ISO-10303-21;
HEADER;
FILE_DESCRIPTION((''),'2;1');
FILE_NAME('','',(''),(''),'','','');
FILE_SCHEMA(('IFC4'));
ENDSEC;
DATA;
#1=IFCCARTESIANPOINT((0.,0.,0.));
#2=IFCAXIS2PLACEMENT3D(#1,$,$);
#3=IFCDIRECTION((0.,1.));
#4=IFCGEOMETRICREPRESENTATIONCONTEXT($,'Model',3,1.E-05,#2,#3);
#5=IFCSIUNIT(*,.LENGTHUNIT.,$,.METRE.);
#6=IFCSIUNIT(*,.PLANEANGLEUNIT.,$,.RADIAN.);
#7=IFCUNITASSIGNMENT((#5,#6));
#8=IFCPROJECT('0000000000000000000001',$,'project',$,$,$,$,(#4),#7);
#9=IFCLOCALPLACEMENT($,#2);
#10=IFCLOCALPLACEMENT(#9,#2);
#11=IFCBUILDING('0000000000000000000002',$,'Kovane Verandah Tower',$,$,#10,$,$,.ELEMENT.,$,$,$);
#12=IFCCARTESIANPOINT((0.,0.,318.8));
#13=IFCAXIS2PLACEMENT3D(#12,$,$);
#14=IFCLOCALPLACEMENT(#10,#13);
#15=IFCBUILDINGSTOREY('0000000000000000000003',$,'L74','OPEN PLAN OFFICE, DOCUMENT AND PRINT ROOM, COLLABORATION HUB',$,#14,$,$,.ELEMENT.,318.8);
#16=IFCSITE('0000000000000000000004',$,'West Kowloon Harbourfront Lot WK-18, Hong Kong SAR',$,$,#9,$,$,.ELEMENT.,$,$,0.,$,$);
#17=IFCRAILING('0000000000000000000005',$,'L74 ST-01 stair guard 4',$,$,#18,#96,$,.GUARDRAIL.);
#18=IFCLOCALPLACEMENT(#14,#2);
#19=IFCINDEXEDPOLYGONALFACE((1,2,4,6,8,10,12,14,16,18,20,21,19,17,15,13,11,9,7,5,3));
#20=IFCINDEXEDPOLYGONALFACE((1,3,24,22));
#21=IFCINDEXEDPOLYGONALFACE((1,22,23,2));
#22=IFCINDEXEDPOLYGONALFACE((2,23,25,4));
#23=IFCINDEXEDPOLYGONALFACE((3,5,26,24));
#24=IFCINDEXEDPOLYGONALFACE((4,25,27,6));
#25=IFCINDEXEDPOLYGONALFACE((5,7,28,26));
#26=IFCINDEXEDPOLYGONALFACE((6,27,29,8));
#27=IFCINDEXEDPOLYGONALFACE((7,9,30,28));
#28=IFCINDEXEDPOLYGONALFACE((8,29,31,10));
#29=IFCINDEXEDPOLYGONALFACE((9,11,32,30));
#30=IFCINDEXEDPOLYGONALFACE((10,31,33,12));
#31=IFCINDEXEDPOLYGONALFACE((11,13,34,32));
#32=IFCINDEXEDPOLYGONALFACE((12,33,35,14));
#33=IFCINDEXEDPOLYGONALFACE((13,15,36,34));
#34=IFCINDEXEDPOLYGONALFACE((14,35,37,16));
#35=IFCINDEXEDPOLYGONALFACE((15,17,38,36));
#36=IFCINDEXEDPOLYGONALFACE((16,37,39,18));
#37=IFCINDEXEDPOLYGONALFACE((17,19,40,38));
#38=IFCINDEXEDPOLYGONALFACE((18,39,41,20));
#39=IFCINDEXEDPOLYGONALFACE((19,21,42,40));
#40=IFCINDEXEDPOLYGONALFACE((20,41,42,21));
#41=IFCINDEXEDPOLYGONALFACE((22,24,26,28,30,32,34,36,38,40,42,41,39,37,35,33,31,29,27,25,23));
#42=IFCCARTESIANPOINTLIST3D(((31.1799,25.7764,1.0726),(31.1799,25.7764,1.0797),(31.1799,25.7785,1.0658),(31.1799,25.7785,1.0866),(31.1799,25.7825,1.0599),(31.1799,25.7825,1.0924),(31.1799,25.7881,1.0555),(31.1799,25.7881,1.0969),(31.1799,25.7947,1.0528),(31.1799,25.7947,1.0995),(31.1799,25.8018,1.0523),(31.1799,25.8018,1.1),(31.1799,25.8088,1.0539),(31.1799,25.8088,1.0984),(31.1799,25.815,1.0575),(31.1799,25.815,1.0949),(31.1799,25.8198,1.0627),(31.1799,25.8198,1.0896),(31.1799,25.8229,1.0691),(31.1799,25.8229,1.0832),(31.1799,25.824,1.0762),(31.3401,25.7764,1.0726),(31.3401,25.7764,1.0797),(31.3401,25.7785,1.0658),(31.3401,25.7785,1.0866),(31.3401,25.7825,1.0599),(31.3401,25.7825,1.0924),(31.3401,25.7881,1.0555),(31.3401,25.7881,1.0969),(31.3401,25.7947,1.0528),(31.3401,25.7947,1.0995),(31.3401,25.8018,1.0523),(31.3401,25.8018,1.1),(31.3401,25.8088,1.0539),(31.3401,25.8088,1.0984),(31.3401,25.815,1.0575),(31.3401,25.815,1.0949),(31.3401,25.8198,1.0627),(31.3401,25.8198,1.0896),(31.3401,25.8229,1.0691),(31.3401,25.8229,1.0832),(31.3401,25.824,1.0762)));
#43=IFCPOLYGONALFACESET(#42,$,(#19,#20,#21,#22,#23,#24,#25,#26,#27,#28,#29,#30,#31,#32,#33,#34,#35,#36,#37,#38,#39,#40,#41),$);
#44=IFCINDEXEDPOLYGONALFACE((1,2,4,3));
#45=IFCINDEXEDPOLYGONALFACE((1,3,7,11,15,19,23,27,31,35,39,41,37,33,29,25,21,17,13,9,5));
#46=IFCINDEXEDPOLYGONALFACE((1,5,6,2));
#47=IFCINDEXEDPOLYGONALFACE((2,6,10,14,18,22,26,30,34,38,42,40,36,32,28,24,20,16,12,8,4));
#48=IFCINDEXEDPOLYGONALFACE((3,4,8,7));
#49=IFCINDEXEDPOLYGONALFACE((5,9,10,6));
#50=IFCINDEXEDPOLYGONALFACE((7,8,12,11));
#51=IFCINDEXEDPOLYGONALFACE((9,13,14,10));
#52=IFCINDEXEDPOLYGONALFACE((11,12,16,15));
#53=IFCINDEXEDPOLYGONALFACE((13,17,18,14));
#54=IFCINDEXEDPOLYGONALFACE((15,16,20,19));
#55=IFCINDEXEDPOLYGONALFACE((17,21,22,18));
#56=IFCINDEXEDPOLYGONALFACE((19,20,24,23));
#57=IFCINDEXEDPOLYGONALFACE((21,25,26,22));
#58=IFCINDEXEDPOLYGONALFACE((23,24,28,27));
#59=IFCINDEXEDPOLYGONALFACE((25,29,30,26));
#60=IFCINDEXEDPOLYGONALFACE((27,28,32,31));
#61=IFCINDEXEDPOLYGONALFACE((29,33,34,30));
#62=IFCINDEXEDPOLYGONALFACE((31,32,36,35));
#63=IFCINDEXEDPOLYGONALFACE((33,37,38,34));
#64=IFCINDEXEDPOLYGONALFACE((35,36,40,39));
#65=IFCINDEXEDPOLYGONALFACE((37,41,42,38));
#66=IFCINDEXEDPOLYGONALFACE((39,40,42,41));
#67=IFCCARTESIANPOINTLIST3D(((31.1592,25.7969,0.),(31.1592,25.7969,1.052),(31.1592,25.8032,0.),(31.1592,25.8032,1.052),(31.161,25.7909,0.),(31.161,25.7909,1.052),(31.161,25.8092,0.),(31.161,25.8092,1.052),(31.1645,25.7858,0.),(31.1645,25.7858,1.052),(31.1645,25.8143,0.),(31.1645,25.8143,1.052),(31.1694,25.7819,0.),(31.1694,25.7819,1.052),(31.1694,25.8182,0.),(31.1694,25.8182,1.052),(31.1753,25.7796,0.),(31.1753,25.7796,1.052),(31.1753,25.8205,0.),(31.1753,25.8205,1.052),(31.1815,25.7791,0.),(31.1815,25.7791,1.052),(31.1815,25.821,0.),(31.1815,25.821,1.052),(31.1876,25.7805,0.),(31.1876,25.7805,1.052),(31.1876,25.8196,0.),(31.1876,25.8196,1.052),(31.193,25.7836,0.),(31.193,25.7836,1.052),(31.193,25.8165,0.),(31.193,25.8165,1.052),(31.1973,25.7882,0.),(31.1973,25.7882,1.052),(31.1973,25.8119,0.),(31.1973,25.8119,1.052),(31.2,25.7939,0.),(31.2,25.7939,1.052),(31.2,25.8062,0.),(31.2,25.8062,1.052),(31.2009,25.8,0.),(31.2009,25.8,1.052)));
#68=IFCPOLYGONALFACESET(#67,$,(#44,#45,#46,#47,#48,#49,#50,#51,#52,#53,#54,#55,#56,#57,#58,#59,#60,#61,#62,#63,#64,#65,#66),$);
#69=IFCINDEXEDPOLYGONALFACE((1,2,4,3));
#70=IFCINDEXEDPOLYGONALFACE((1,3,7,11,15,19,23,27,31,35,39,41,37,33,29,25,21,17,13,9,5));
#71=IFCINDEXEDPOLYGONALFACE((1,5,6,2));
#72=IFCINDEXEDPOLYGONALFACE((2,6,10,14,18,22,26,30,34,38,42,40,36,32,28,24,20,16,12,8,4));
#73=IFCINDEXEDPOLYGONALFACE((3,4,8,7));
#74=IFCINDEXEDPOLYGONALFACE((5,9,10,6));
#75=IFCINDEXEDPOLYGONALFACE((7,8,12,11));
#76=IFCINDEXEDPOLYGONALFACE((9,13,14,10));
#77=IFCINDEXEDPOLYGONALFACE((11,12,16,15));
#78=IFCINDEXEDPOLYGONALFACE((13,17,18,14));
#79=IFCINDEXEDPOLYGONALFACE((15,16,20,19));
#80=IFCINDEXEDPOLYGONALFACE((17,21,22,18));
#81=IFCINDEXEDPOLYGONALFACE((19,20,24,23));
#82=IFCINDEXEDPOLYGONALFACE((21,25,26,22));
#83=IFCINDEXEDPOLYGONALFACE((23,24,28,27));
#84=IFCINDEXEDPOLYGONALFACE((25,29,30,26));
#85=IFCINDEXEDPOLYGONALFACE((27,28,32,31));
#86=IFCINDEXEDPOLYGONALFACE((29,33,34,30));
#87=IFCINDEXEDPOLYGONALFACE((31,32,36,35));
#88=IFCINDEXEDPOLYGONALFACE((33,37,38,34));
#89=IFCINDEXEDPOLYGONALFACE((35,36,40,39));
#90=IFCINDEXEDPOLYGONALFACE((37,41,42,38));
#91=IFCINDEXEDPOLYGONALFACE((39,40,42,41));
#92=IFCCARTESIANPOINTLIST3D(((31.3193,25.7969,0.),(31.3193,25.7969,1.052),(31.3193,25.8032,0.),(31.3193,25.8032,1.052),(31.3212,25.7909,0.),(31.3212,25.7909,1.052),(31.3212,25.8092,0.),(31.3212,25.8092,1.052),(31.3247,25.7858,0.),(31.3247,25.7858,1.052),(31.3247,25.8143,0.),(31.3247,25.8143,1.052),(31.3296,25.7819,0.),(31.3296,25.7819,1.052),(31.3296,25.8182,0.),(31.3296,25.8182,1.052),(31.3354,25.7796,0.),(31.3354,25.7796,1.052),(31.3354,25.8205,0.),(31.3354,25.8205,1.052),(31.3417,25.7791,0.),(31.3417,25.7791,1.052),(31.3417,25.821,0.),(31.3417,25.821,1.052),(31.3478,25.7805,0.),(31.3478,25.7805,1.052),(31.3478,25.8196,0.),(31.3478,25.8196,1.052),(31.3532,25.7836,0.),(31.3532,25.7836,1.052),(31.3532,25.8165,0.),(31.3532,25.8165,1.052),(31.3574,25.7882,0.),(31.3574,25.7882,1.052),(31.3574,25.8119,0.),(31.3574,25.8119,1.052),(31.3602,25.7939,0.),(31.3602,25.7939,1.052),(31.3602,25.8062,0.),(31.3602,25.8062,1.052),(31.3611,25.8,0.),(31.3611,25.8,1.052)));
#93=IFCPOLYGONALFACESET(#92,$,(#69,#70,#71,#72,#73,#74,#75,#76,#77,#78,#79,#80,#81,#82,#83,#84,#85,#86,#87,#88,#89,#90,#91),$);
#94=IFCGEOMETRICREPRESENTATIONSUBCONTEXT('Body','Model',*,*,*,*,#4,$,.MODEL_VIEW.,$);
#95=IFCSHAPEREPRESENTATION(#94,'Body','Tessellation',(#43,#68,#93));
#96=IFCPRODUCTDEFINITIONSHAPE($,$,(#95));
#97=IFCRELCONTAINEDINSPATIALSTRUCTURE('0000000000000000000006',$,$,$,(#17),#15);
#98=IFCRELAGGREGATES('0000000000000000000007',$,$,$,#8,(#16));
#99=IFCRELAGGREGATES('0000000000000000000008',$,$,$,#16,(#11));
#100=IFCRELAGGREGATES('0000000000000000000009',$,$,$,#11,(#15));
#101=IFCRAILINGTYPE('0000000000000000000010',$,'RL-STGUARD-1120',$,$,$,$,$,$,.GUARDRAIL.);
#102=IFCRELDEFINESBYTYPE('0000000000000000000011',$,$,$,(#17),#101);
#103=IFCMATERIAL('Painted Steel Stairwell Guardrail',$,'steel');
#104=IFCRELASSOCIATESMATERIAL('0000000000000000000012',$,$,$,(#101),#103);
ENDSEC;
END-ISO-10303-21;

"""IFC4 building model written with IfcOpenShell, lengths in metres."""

from ifc_helpers import new_model, si_unit, direction, frame, origin, origin_2d, place, context, subcontext, project, spatial, circle, extrude, material, type_object, element, save


model = new_model("IFC4")

# Units and contexts
model_context = context("Model", 3, precision=1e-05, world=origin(), true_north=direction((0.0, 1.0)))
body_context = subcontext(model_context, "Body", "Model", "MODEL_VIEW")
ifc_project = project(units=[si_unit("LENGTHUNIT", "METRE"), si_unit("PLANEANGLEUNIT", "RADIAN")], contexts=[model_context])

# Site, building, storey
site_placement = place(None, origin())
site = spatial("IfcSite", under=ifc_project, at=site_placement, Name="West Kowloon Harbourfront Lot WK-18, Hong Kong SAR", CompositionType="ELEMENT", RefElevation=0.0)
building_placement = place(site_placement, origin())
building = spatial("IfcBuilding", under=site, at=building_placement, Name="Kovane Verandah Tower", CompositionType="ELEMENT")
storey_placement = place(building_placement, frame((0.0, 0.0, 318.8)))
storey = spatial("IfcBuildingStorey", under=building, at=storey_placement, Name="L74", Description="OPEN PLAN OFFICE, DOCUMENT AND PRINT ROOM, COLLABORATION HUB", CompositionType="ELEMENT", Elevation=318.8)

# Railing
ifc_material_1 = material(Name="Painted Steel Stairwell Guardrail", Category="steel")
railing_type_1 = type_object("IfcRailingType", Name="RL-STGUARD-1120", PredefinedType="GUARDRAIL", material=ifc_material_1)
railing_1_placement = place(storey_placement, frame((31.1799, 25.8, 0.0)))
element("IfcRailing", 1, at=railing_1_placement, inside=storey, type_object=railing_type_1, Name="L74 ST-01 stair guard 4", PredefinedType="GUARDRAIL", context=body_context, shape_type="SweptSolid", body=[
    extrude(circle(Radius=0.0239, at=origin_2d()), frame((0.0, 0.0, 1.0762), z_axis=(1.0, 0.0, 0.0), x_axis=(0.0, 1.0, 0.0)), (0.0, 0.0, 1.0), 0.1602),
    extrude(circle(Radius=0.021, at=origin_2d()), origin(), (0.0, 0.0, 1.0), 1.052),
    extrude(circle(Radius=0.021, at=origin_2d()), frame((0.1602, 0.0, 0.0)), (0.0, 0.0, 1.0), 1.052),
])

save(model, "model.ifc")
